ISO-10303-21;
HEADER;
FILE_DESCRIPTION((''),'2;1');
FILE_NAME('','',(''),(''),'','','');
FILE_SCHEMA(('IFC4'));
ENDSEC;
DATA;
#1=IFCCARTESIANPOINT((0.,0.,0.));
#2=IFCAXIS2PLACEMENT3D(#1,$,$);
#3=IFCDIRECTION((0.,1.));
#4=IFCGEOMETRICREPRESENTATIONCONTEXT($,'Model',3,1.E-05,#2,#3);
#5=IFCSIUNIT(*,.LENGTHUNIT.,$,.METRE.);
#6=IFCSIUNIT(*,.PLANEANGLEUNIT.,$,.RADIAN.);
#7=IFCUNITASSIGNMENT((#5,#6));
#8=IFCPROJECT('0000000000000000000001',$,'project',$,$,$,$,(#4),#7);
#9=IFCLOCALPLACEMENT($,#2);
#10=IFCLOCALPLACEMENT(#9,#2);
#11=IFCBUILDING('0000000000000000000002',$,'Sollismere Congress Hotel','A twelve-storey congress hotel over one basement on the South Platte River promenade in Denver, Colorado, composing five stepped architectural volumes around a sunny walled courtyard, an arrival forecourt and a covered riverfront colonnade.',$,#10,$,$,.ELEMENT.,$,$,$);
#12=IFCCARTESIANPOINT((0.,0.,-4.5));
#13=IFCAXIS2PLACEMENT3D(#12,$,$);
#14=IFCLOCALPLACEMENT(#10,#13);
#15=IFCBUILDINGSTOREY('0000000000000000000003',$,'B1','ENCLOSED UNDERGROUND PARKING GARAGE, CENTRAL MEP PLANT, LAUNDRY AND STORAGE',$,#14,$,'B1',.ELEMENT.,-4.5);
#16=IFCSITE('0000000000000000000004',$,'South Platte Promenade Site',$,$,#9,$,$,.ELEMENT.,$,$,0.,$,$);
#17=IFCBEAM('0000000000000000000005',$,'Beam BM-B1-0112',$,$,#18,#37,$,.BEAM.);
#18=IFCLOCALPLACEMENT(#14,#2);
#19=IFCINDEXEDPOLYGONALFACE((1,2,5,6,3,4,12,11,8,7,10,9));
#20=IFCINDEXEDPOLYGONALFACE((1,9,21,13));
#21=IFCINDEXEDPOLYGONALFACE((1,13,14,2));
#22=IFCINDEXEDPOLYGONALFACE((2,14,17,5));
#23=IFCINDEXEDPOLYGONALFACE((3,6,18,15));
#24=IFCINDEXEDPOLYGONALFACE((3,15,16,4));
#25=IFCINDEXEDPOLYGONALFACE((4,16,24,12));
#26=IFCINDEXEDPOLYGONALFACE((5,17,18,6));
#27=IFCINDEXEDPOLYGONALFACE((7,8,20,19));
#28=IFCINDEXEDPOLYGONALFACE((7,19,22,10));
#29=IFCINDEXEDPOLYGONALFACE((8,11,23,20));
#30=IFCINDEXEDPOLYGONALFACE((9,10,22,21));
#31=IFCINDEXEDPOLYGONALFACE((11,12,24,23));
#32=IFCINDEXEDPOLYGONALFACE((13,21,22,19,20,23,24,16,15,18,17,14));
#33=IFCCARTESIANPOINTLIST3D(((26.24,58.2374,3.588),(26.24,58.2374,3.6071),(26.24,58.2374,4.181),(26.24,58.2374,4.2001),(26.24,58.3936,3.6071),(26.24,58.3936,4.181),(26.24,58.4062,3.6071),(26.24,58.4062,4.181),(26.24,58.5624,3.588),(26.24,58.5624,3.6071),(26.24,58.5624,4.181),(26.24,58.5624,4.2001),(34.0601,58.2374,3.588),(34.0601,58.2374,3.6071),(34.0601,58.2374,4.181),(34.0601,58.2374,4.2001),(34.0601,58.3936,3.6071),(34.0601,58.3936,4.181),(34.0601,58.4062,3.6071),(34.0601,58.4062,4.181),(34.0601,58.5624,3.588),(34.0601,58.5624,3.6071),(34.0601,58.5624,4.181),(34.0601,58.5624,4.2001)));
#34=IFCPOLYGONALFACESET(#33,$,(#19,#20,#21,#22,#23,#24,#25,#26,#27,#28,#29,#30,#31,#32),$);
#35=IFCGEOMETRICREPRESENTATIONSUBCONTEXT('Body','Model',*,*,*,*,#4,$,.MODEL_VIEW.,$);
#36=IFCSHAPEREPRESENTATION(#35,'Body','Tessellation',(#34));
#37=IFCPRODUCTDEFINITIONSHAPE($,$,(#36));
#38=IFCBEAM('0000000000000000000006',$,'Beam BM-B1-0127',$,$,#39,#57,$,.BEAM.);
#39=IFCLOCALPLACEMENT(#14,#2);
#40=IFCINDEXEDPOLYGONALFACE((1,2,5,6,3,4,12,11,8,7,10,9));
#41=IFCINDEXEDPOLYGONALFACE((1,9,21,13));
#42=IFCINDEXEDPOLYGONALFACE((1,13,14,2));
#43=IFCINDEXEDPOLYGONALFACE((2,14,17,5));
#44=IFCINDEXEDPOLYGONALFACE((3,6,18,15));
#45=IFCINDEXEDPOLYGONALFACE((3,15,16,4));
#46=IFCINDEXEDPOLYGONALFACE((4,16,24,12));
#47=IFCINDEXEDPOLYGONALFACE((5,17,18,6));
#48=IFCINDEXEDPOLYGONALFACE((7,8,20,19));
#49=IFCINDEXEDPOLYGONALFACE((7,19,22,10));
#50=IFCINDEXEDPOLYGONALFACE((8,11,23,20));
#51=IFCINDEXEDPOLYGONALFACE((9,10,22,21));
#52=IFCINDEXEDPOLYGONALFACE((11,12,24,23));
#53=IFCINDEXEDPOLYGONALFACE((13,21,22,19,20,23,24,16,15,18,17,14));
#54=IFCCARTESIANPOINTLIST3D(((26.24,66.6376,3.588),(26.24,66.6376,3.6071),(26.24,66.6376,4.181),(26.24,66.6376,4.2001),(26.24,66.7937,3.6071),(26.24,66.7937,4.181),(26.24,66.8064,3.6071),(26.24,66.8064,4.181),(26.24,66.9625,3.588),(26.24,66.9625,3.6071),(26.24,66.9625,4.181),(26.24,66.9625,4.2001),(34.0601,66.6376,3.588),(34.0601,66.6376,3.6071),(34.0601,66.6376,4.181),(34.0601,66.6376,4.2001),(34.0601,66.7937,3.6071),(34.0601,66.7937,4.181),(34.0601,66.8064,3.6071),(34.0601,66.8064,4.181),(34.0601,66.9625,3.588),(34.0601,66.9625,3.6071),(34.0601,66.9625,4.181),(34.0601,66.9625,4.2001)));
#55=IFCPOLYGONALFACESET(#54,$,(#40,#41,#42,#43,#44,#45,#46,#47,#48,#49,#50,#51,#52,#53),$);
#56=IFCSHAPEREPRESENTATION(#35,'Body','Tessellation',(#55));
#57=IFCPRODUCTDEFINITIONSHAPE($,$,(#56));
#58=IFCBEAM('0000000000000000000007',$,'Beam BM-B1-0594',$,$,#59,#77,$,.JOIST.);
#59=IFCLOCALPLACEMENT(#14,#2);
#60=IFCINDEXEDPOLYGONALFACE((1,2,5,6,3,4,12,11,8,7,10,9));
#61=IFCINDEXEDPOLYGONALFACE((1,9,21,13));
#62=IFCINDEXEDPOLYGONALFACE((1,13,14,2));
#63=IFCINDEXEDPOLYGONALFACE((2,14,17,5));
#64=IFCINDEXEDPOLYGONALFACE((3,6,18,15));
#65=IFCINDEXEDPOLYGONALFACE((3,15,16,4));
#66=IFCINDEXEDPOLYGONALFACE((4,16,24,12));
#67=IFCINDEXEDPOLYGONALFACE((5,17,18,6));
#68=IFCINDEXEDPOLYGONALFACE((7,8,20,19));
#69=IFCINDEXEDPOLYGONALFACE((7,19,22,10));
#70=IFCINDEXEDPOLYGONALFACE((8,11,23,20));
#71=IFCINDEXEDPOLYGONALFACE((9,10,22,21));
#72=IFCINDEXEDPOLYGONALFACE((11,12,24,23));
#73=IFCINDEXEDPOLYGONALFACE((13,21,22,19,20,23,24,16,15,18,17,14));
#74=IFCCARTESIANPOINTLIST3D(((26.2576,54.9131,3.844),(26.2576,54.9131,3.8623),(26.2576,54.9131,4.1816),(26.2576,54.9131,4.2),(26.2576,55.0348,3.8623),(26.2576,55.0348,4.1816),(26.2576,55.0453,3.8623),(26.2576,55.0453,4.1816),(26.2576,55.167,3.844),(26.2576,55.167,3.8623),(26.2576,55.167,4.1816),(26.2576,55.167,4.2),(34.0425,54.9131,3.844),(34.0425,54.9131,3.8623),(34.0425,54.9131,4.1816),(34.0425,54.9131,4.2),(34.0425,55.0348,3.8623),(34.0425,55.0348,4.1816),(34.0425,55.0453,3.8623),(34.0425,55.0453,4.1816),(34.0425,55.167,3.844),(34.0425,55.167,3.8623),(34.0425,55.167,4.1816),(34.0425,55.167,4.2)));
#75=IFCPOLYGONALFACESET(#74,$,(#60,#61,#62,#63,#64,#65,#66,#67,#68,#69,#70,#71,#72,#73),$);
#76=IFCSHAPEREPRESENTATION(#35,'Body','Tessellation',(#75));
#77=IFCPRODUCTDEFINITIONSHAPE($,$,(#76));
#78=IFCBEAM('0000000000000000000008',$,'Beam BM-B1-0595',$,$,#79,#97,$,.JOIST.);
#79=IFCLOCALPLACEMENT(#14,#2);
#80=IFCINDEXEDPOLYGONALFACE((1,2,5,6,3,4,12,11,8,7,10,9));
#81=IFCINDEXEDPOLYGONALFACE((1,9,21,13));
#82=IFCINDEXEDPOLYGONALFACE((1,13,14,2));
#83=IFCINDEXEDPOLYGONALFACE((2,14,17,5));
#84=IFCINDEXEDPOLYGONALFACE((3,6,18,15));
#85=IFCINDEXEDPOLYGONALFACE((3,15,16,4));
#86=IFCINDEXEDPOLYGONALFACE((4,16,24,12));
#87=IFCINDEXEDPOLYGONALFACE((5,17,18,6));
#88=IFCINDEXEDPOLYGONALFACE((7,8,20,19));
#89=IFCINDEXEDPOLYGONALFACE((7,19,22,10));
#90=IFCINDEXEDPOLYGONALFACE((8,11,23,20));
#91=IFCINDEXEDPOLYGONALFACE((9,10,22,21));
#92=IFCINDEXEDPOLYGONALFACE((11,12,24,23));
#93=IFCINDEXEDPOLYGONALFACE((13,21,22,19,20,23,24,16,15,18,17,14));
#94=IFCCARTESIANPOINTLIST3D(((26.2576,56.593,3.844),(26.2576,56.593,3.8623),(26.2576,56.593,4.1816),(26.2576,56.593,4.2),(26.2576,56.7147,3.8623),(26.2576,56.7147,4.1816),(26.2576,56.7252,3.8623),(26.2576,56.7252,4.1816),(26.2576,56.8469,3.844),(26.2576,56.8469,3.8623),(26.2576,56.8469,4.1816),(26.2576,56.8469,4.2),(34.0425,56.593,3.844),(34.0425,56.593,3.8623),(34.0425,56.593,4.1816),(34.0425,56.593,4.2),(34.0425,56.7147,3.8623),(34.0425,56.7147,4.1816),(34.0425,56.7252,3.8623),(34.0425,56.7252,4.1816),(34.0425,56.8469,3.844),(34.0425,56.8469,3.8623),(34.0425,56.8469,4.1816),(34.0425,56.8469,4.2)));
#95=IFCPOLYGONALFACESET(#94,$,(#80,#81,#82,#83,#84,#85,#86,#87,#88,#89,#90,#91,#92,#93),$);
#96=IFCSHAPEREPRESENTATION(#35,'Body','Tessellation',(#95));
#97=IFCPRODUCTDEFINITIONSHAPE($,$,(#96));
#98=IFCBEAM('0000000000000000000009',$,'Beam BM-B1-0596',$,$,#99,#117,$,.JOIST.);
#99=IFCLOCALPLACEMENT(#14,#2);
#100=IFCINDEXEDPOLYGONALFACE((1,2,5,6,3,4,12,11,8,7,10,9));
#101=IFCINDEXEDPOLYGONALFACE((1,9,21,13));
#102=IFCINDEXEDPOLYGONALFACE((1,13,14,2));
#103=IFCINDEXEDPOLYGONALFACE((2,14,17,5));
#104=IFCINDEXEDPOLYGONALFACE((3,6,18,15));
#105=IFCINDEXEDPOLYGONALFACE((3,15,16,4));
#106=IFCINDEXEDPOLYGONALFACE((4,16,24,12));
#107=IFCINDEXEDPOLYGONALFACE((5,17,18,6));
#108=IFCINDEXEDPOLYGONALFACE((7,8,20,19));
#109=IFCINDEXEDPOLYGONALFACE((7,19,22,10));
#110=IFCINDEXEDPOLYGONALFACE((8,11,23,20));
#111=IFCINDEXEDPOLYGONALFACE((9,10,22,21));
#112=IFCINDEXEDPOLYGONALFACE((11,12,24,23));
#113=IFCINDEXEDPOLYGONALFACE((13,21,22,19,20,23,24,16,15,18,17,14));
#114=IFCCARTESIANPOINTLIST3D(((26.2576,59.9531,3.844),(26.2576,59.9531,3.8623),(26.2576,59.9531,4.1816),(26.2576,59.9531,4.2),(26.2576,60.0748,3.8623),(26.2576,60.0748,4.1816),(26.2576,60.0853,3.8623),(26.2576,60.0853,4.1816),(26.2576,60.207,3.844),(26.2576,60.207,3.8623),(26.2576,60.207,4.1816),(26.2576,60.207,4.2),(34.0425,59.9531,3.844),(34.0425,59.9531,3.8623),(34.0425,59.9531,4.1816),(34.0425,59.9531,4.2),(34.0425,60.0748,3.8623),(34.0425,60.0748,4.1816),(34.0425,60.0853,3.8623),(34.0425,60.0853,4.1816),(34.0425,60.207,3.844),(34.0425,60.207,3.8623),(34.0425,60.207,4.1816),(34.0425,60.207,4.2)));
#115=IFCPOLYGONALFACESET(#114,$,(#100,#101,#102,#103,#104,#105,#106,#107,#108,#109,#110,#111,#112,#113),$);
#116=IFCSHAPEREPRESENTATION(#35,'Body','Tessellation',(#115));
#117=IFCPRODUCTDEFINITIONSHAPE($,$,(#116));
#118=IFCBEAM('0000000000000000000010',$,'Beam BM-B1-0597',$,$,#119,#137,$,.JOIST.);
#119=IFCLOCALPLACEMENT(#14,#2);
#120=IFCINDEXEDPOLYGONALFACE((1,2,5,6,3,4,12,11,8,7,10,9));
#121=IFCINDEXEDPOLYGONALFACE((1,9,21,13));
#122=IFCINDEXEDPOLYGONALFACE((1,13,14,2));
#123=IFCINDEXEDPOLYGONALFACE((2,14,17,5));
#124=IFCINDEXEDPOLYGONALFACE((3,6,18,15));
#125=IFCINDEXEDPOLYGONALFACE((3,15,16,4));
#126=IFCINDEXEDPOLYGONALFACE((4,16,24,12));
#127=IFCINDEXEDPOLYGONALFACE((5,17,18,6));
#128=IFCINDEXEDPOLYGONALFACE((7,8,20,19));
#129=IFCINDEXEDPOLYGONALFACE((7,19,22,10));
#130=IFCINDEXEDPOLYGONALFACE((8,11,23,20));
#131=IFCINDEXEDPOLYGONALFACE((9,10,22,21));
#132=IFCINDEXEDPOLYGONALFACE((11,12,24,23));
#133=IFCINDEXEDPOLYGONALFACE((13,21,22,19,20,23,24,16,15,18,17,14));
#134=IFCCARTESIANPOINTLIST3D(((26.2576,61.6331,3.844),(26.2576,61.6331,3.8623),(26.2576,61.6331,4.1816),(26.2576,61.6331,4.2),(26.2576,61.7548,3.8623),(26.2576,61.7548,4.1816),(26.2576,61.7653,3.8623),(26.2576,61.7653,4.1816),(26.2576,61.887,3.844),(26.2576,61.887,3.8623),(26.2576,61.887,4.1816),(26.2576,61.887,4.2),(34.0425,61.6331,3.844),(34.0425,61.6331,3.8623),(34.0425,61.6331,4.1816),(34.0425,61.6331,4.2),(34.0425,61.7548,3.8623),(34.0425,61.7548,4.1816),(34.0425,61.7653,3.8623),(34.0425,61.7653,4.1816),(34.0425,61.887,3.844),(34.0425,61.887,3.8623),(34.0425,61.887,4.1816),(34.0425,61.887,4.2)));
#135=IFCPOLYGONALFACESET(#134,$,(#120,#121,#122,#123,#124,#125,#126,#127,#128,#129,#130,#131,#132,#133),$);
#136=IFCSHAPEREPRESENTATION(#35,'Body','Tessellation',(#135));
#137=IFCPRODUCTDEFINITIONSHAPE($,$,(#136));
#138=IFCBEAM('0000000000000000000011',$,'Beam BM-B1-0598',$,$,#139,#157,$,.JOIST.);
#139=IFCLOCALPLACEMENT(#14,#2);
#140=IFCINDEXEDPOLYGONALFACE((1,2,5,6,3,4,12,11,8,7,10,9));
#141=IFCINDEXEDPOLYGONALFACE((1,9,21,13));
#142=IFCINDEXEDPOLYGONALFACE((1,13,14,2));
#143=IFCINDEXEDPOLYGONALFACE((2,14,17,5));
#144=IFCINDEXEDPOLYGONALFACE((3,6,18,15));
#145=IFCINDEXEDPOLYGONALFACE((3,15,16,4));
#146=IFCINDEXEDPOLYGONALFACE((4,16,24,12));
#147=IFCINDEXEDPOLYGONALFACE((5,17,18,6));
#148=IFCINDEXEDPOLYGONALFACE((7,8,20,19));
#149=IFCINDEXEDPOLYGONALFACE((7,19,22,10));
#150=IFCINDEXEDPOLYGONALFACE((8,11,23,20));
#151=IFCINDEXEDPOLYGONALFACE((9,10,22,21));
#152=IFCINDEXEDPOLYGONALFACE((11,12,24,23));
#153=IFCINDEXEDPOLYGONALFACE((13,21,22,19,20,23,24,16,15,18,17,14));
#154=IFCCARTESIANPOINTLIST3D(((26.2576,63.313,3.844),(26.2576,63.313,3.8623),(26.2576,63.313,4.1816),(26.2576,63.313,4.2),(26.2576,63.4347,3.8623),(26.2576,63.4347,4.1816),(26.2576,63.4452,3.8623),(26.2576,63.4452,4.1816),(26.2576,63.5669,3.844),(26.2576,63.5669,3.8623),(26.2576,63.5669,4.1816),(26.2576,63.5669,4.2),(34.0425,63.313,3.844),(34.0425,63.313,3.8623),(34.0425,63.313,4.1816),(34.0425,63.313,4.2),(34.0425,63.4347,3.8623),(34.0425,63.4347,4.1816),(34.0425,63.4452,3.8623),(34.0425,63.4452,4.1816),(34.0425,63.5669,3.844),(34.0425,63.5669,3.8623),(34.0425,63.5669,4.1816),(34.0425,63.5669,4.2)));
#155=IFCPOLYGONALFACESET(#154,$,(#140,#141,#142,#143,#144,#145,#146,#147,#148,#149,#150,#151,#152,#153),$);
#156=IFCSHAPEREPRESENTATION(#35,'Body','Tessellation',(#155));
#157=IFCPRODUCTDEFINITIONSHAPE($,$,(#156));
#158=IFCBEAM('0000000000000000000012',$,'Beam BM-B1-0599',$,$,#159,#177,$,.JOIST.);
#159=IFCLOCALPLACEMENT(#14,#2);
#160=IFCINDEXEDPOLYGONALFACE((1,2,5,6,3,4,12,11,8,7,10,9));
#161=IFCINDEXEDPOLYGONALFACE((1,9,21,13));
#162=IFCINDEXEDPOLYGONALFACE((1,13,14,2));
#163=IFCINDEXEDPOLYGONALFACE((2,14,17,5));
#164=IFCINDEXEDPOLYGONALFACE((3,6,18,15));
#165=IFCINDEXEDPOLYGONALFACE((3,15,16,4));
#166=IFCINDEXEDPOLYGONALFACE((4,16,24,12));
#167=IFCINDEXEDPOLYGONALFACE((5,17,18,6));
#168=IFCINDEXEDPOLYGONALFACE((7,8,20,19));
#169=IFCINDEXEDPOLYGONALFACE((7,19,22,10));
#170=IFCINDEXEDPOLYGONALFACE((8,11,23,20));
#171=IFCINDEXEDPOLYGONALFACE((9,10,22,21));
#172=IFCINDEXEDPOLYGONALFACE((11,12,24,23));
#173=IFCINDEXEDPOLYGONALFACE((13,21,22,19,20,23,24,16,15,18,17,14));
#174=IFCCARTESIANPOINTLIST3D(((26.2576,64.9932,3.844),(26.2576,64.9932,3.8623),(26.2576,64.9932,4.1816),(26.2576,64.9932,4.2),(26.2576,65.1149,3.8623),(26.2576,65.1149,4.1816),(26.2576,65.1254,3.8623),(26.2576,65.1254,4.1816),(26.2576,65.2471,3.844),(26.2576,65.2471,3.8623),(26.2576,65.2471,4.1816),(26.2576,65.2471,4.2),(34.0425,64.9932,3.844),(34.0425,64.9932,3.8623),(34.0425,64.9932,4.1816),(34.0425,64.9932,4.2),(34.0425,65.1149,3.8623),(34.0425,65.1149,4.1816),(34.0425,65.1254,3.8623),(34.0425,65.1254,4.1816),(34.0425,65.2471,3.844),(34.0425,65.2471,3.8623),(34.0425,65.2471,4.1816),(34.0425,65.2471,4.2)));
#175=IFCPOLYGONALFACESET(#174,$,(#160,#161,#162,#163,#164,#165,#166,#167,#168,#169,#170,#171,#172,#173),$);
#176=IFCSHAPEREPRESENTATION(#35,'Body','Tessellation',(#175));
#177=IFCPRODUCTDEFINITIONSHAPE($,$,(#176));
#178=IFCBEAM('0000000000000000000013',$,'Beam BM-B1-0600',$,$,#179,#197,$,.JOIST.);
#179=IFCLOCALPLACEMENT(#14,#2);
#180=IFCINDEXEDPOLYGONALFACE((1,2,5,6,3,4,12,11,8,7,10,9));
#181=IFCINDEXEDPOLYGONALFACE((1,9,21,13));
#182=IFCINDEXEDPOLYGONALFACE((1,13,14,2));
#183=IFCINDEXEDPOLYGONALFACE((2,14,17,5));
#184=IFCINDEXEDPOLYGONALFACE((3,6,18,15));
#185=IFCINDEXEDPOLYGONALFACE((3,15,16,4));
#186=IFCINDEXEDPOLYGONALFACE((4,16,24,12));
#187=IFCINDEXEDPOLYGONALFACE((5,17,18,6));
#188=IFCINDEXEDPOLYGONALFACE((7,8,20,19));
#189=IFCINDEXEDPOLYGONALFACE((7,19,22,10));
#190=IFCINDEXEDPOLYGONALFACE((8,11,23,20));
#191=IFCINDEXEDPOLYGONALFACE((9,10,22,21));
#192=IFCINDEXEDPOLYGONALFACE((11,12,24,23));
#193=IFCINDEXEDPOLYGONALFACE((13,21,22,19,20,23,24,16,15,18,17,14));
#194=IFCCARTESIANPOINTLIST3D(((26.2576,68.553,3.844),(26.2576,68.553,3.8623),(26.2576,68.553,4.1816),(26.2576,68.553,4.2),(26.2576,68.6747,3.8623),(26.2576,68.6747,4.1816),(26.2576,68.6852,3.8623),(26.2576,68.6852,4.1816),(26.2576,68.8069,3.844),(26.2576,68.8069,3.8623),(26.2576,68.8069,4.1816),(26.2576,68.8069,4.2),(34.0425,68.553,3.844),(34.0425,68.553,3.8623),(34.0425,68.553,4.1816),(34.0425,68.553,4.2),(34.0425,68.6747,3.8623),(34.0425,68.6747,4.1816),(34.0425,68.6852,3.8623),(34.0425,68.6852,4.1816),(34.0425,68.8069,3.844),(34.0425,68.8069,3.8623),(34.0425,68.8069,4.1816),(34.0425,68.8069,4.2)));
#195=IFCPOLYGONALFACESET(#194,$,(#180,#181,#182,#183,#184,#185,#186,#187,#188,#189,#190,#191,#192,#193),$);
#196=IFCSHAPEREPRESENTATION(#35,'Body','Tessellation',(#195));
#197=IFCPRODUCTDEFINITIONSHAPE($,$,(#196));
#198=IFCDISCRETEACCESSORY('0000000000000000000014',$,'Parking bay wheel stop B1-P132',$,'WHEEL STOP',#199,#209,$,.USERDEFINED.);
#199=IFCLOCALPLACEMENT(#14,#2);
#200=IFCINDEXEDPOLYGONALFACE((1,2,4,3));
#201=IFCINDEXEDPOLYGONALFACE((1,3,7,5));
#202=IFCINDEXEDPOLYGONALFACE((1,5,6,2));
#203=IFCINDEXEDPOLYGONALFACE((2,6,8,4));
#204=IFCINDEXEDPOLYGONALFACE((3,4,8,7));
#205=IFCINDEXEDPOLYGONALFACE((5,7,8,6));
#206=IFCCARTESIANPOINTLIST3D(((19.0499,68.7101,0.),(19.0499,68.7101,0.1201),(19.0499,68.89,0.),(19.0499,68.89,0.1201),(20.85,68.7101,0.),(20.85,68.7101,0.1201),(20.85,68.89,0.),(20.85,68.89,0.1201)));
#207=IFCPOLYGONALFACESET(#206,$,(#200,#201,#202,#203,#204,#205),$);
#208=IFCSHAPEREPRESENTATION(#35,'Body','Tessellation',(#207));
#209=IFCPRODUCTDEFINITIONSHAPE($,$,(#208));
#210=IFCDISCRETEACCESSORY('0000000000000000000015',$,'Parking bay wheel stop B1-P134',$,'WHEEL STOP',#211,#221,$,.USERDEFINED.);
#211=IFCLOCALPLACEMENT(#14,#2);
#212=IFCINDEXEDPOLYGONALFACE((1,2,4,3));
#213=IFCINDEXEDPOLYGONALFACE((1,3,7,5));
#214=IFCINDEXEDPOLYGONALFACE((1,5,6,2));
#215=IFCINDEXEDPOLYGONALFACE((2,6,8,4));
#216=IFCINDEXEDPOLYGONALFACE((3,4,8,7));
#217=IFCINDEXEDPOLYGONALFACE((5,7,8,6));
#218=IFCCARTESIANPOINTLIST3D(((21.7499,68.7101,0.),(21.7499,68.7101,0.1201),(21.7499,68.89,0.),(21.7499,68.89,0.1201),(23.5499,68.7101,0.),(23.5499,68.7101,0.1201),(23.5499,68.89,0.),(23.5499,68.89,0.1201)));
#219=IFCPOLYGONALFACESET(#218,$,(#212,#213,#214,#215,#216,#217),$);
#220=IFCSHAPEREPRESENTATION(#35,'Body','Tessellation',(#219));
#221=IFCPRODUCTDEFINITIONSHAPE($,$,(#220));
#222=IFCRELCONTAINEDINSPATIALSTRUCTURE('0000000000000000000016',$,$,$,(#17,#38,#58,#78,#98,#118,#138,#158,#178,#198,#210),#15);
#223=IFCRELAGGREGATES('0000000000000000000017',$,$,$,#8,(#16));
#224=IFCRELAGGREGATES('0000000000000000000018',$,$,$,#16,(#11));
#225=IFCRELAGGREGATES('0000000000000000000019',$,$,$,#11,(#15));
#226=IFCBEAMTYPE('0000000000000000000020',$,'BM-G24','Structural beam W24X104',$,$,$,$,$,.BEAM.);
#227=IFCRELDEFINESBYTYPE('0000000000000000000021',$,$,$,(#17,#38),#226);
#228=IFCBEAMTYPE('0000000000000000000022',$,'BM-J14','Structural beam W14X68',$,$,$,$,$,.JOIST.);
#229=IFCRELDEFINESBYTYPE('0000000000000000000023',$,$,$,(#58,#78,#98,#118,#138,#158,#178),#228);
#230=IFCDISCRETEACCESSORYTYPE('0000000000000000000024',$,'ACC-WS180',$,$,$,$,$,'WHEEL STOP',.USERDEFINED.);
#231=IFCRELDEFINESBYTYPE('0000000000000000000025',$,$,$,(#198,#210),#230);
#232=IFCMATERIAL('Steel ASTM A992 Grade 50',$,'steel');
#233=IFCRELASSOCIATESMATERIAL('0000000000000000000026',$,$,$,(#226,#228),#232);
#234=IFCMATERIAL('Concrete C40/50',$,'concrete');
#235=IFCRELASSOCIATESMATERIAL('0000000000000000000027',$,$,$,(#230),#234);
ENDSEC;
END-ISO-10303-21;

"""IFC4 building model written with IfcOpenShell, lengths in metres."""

from ifc_helpers import new_model, si_unit, direction, frame, origin, origin_2d, place, context, subcontext, project, spatial, rectangle, i_section, extrude, material, material_profile, profile_set, type_object, element, save


model = new_model("IFC4")

# Units and contexts
model_context = context("Model", 3, precision=1e-05, world=origin(), true_north=direction((0.0, 1.0)))
body_context = subcontext(model_context, "Body", "Model", "MODEL_VIEW")
ifc_project = project(units=[si_unit("LENGTHUNIT", "METRE"), si_unit("PLANEANGLEUNIT", "RADIAN")], contexts=[model_context])

# Site, building, storey
site_placement = place(None, origin())
site = spatial("IfcSite", under=ifc_project, at=site_placement, Name="South Platte Promenade Site", CompositionType="ELEMENT", RefElevation=0.0)
building_placement = place(site_placement, origin())
building = spatial("IfcBuilding", under=site, at=building_placement, Name="Sollismere Congress Hotel", Description="A twelve-storey congress hotel over one basement on the South Platte River promenade in Denver, Colorado, composing five stepped architectural volumes around a sunny walled courtyard, an arrival forecourt and a covered riverfront colonnade.", CompositionType="ELEMENT")
storey_placement = place(building_placement, frame((0.0, 0.0, -4.5)))
storey = spatial("IfcBuildingStorey", under=building, at=storey_placement, Name="B1", Description="ENCLOSED UNDERGROUND PARKING GARAGE, CENTRAL MEP PLANT, LAUNDRY AND STORAGE", LongName="B1", CompositionType="ELEMENT", Elevation=-4.5)

# Shared definitions
ifc_material_1 = material(Name="Concrete C40/50", Category="concrete")

# Beams
ifc_material_2 = material(Name="Steel ASTM A992 Grade 50", Category="steel")
ifc_material_profile_1 = material_profile(ifc_material_2, i_section(OverallWidth=0.325, OverallDepth=0.6121, WebThickness=0.0127, FlangeThickness=0.019, at=origin_2d()), Name="W24X104")
ifc_profile_set_1 = profile_set([ifc_material_profile_1], Name="Steel ASTM A992 Grade 50")
beam_type_1 = type_object("IfcBeamType", Name="BM-G24", Description="Structural beam W24X104", PredefinedType="BEAM", material=ifc_profile_set_1)
for number, where, z_axis, x_axis, name in (
    (1, (26.24, 58.3999, 3.894), (1.0, 0.0, 0.0), (0.0, 1.0, 0.0), "Beam BM-B1-0112"),
    (2, (26.24, 66.8, 3.894), (1.0, 0.0, 0.0), (0.0, 1.0, 0.0), "Beam BM-B1-0127"),
):
    element("IfcBeam", number, at=place(storey_placement, frame(where, z_axis=z_axis, x_axis=x_axis)), inside=storey, type_object=beam_type_1, Name=name, PredefinedType="BEAM", context=body_context, shape_type="SweptSolid", body=[
        extrude(i_section(OverallWidth=0.325, OverallDepth=0.6121, WebThickness=0.0127, FlangeThickness=0.019, at=origin_2d()), origin(), (0.0, 0.0, 1.0), 7.8201),
    ])
ifc_material_profile_2 = material_profile(ifc_material_2, i_section(OverallWidth=0.2539, OverallDepth=0.356, WebThickness=0.0105, FlangeThickness=0.0183, at=origin_2d()), Name="W14X68")
ifc_profile_set_2 = profile_set([ifc_material_profile_2], Name="Steel ASTM A992 Grade 50")
beam_type_2 = type_object("IfcBeamType", Name="BM-J14", Description="Structural beam W14X68", PredefinedType="JOIST", material=ifc_profile_set_2)
for number, where, z_axis, x_axis, name in (
    (3, (26.2576, 55.04, 4.022), (1.0, 0.0, 0.0), (0.0, 1.0, 0.0), "Beam BM-B1-0594"),
    (4, (26.2576, 56.72, 4.022), (1.0, 0.0, 0.0), (0.0, 1.0, 0.0), "Beam BM-B1-0595"),
    (5, (26.2576, 60.0801, 4.022), (1.0, 0.0, 0.0), (0.0, 1.0, 0.0), "Beam BM-B1-0596"),
    (6, (26.2576, 61.76, 4.022), (1.0, 0.0, 0.0), (0.0, 1.0, 0.0), "Beam BM-B1-0597"),
    (7, (26.2576, 63.4399, 4.022), (1.0, 0.0, 0.0), (0.0, 1.0, 0.0), "Beam BM-B1-0598"),
    (8, (26.2576, 65.1201, 4.022), (1.0, 0.0, 0.0), (0.0, 1.0, 0.0), "Beam BM-B1-0599"),
    (9, (26.2576, 68.6799, 4.022), (1.0, 0.0, 0.0), (0.0, 1.0, 0.0), "Beam BM-B1-0600"),
):
    element("IfcBeam", number, at=place(storey_placement, frame(where, z_axis=z_axis, x_axis=x_axis)), inside=storey, type_object=beam_type_2, Name=name, PredefinedType="JOIST", context=body_context, shape_type="SweptSolid", body=[
        extrude(i_section(OverallWidth=0.2539, OverallDepth=0.356, WebThickness=0.0105, FlangeThickness=0.0183, at=origin_2d()), origin(), (0.0, 0.0, 1.0), 7.7849),
    ])

# Discrete accessories
discrete_accessory_type = type_object("IfcDiscreteAccessoryType", Name="ACC-WS180", ElementType="WHEEL STOP", PredefinedType="USERDEFINED", material=ifc_material_1)
for number, where, z_axis, x_axis, name in (
    (10, (19.95, 68.8, 0.0), (0.0, 0.0, 1.0), (1.0, 0.0, 0.0), "Parking bay wheel stop B1-P132"),
    (11, (22.6499, 68.8, 0.0), (0.0, 0.0, 1.0), (1.0, 0.0, 0.0), "Parking bay wheel stop B1-P134"),
):
    element("IfcDiscreteAccessory", number, at=place(storey_placement, frame(where, z_axis=z_axis, x_axis=x_axis)), inside=storey, type_object=discrete_accessory_type, Name=name, ObjectType="WHEEL STOP", PredefinedType="USERDEFINED", context=body_context, shape_type="SweptSolid", body=[
        extrude(rectangle(XDim=1.8, YDim=0.1799, at=origin_2d()), origin(), (0.0, 0.0, 1.0), 0.1201),
    ])

save(model, "model.ifc")
